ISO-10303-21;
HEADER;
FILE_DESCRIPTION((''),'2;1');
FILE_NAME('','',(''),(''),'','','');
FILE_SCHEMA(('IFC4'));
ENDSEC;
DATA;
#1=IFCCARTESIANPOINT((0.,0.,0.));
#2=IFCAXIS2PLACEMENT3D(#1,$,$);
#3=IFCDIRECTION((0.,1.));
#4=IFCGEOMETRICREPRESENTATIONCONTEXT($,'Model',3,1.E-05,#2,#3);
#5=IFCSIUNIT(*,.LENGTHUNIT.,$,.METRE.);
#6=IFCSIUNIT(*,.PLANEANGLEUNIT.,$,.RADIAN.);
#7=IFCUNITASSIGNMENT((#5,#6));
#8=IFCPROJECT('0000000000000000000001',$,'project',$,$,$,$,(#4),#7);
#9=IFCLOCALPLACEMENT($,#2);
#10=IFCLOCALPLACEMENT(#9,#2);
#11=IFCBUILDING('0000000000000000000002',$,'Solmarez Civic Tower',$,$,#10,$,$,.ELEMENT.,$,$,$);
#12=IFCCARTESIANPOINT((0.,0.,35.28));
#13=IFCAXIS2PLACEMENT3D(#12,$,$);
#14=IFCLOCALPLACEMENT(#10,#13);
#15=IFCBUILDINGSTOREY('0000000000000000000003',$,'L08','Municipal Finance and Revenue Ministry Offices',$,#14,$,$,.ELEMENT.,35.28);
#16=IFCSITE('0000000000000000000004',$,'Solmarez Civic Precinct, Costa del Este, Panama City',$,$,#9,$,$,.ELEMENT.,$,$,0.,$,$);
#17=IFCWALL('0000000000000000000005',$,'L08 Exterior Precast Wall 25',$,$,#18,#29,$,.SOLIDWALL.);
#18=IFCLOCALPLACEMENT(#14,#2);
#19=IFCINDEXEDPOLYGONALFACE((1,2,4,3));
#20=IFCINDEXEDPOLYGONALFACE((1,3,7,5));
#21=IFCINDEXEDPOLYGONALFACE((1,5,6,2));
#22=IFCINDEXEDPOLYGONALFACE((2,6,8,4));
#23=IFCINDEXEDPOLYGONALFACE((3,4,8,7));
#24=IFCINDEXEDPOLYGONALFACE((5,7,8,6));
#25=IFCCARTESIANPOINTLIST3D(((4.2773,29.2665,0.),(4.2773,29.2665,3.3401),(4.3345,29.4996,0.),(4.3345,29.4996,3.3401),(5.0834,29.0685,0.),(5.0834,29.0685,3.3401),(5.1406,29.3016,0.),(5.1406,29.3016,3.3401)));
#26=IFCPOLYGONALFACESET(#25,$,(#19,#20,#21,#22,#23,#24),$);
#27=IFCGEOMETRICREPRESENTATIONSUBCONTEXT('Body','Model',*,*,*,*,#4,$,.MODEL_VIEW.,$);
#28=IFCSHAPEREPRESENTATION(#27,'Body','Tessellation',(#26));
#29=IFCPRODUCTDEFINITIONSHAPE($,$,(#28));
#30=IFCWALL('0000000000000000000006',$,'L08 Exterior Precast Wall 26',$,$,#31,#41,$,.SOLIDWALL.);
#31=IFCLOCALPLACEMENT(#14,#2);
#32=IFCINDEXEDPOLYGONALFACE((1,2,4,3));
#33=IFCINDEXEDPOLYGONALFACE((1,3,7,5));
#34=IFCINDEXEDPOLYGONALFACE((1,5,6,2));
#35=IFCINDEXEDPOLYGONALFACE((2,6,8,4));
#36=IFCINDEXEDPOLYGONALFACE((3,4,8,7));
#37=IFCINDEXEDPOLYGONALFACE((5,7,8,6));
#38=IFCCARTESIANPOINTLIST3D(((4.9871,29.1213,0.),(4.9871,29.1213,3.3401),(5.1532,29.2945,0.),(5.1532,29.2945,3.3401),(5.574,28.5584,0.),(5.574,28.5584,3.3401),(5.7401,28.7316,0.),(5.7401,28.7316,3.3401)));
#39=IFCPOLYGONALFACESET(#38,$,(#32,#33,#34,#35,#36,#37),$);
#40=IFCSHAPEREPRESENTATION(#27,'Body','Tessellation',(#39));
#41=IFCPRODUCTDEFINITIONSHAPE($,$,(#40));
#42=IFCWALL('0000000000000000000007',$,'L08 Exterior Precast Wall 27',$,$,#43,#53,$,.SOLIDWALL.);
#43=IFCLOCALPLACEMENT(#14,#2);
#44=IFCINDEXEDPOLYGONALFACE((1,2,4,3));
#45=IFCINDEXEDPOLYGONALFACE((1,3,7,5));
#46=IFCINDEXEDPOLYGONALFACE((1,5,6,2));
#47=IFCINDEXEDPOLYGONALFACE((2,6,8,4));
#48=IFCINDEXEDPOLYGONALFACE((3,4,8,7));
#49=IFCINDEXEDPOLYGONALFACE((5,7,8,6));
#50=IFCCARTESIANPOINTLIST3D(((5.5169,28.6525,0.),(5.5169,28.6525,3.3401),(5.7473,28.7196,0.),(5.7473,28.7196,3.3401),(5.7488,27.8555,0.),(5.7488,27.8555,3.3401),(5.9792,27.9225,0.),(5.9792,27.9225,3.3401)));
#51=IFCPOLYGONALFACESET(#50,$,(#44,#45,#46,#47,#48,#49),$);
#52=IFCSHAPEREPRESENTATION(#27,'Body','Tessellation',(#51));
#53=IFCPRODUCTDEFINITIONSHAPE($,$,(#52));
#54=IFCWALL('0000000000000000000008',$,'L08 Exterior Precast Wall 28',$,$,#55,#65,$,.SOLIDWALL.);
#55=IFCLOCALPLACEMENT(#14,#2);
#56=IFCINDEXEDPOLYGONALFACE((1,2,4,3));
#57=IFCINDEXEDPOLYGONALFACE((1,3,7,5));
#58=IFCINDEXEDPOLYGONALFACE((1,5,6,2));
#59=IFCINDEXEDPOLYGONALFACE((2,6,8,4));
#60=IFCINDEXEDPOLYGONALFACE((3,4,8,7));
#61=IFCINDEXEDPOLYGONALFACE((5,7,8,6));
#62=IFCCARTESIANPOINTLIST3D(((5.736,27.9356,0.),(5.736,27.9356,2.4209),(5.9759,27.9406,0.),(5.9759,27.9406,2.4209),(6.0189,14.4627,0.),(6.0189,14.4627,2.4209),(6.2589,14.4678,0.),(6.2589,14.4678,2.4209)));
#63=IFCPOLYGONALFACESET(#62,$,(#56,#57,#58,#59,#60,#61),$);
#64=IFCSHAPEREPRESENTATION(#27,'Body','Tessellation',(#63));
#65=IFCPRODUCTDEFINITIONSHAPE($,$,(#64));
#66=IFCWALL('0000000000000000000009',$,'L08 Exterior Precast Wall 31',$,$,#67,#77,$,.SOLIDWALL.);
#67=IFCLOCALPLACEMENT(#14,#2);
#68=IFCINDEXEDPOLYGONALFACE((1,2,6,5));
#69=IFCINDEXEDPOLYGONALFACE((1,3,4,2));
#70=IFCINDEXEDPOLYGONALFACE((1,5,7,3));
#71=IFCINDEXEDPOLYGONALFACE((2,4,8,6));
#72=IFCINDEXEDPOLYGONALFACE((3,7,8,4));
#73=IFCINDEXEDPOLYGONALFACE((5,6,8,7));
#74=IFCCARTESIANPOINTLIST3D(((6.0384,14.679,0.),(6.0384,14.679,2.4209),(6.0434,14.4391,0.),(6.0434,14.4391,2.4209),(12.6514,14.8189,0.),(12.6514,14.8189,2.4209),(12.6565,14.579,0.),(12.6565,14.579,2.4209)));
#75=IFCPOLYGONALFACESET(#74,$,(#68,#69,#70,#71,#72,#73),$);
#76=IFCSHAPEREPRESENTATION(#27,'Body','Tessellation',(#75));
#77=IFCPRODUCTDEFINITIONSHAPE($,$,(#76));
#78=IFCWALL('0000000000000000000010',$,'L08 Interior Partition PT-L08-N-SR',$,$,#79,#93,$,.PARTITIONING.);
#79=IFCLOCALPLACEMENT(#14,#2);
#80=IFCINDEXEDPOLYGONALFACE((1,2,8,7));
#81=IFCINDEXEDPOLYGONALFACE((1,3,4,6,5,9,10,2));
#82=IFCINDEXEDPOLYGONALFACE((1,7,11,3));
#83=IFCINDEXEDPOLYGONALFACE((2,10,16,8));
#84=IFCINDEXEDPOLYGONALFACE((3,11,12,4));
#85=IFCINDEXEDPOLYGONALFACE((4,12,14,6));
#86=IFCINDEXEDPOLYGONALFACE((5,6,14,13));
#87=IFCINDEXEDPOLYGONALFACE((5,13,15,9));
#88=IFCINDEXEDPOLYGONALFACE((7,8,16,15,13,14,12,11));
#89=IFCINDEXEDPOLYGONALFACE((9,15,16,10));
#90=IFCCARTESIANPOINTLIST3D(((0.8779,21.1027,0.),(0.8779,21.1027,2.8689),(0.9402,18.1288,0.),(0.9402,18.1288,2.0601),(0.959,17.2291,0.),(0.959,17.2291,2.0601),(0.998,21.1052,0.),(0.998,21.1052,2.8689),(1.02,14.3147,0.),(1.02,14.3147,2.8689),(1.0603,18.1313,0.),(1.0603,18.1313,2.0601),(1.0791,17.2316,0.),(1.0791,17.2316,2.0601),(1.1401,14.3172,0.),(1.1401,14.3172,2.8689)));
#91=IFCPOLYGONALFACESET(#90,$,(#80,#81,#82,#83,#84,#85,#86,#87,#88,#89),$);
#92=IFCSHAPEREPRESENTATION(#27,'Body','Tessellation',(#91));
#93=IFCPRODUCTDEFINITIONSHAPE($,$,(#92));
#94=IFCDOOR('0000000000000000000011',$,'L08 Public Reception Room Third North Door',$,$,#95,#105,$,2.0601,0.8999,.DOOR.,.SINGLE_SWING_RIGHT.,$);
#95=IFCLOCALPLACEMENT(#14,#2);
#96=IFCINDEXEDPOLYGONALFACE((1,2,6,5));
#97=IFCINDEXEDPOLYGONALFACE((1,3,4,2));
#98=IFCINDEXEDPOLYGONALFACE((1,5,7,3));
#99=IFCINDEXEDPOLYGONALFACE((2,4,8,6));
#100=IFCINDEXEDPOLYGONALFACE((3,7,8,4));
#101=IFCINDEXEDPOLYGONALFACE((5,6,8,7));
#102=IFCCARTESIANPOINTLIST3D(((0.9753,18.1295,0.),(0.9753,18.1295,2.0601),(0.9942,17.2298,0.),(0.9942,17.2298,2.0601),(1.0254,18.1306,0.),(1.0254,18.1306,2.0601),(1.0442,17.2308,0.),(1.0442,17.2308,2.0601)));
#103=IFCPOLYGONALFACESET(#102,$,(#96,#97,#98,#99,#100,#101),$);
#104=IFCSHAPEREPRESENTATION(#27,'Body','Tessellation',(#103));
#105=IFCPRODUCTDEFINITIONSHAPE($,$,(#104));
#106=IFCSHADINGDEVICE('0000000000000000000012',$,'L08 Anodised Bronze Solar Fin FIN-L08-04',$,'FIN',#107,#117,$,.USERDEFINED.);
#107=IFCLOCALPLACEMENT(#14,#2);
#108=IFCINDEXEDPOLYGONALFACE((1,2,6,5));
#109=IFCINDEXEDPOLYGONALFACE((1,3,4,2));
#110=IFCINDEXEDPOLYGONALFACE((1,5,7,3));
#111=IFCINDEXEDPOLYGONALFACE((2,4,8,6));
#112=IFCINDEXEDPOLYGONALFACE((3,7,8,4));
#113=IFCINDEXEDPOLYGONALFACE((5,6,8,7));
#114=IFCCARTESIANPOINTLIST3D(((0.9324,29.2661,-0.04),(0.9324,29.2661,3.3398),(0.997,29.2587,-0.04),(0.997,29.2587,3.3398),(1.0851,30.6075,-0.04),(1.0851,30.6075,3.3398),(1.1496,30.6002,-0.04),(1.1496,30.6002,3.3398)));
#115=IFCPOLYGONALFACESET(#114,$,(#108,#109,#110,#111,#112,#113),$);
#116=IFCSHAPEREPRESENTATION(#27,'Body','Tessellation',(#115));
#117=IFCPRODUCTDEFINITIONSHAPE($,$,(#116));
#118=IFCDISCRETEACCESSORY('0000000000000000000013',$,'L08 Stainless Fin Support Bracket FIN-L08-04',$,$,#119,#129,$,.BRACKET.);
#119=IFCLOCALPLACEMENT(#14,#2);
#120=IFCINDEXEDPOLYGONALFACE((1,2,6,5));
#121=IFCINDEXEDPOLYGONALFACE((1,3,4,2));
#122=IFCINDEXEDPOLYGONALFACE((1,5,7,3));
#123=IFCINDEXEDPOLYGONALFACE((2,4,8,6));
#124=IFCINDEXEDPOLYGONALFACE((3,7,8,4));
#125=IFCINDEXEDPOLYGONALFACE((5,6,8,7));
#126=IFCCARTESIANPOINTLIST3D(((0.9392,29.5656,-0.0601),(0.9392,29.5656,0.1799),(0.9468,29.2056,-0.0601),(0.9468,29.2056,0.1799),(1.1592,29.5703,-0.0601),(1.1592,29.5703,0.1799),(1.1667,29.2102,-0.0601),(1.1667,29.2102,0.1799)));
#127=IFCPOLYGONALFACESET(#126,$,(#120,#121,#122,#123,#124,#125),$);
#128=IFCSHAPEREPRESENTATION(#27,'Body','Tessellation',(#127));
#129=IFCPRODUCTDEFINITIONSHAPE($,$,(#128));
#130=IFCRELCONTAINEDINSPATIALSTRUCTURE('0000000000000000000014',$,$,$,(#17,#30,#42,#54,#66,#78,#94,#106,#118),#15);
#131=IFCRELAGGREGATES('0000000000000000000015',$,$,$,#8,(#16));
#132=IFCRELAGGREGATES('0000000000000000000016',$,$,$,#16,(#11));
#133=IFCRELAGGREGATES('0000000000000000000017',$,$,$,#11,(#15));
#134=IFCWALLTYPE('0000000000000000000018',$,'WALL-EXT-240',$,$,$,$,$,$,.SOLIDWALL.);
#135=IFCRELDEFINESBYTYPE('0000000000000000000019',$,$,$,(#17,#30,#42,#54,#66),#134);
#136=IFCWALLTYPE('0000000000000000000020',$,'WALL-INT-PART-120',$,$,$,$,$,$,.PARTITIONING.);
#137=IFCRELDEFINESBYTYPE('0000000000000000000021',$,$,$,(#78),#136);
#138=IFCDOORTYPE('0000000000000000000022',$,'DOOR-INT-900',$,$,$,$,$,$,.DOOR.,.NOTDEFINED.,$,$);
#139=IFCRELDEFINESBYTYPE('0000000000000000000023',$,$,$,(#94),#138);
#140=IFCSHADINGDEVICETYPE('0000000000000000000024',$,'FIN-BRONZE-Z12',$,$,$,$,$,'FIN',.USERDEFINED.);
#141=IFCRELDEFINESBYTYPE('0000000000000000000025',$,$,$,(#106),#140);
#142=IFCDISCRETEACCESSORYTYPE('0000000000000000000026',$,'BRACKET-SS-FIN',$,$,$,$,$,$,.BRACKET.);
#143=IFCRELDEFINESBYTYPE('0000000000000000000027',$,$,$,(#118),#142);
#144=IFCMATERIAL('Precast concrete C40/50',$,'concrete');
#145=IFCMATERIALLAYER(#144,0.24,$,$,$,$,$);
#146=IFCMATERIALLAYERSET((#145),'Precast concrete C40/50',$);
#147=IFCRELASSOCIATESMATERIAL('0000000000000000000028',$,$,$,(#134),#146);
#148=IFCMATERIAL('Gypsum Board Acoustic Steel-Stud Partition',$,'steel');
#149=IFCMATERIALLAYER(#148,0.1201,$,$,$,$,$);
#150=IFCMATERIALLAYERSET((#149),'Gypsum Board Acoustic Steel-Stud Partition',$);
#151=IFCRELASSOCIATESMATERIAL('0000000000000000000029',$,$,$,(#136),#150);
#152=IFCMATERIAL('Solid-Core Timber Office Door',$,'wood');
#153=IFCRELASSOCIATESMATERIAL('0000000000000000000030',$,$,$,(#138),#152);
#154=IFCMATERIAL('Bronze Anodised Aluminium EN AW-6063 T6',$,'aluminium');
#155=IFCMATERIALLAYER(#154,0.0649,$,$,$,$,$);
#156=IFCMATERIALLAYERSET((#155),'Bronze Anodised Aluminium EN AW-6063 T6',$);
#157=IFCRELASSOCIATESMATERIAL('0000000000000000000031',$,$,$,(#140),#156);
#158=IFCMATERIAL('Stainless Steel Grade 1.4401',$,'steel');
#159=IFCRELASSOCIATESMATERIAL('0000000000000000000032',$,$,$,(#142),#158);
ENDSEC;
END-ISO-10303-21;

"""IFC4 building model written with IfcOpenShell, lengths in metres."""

from ifc_helpers import new_model, si_unit, direction, frame, frame_2d, origin, origin_2d, place, context, subcontext, project, spatial, rectangle, extrude, material, layer, layer_set, type_object, element, fill, save


model = new_model("IFC4")

# Units and contexts
model_context = context("Model", 3, precision=1e-05, world=origin(), true_north=direction((0.0, 1.0)))
body_context = subcontext(model_context, "Body", "Model", "MODEL_VIEW")
ifc_project = project(units=[si_unit("LENGTHUNIT", "METRE"), si_unit("PLANEANGLEUNIT", "RADIAN")], contexts=[model_context])

# Site, building, storey
site_placement = place(None, origin())
site = spatial("IfcSite", under=ifc_project, at=site_placement, Name="Solmarez Civic Precinct, Costa del Este, Panama City", CompositionType="ELEMENT", RefElevation=0.0)
building_placement = place(site_placement, origin())
building = spatial("IfcBuilding", under=site, at=building_placement, Name="Solmarez Civic Tower", CompositionType="ELEMENT")
storey_placement = place(building_placement, frame((0.0, 0.0, 35.28)))
storey = spatial("IfcBuildingStorey", under=building, at=storey_placement, Name="L08", Description="Municipal Finance and Revenue Ministry Offices", CompositionType="ELEMENT", Elevation=35.28)

# Walls
ifc_material_1 = material(Name="Precast concrete C40/50", Category="concrete")
ifc_layer_1 = layer(ifc_material_1, 0.24)
ifc_layer_set_1 = layer_set([ifc_layer_1], Name="Precast concrete C40/50")
wall_type_1 = type_object("IfcWallType", Name="WALL-EXT-240", PredefinedType="SOLIDWALL", material=ifc_layer_set_1)
wall_1_placement = place(storey_placement, frame((4.3059, 29.3831, 0.0), z_axis=(0.0, 0.0, 1.0), x_axis=(0.971138, -0.23852, 0.0)))
element("IfcWall", 1, at=wall_1_placement, inside=storey, type_object=wall_type_1, Name="L08 Exterior Precast Wall 25", PredefinedType="SOLIDWALL", context=body_context, shape_type="SweptSolid", body=[
    extrude(rectangle(XDim=0.8301, YDim=0.24, at=frame_2d((0.415, 0.0))), origin(), (0.0, 0.0, 1.0), 3.3401),
])
wall_2_placement = place(storey_placement, frame((5.0701, 29.208, 0.0), z_axis=(0.0, 0.0, 1.0), x_axis=(0.721663, -0.692244, 0.0)))
element("IfcWall", 2, at=wall_2_placement, inside=storey, type_object=wall_type_1, Name="L08 Exterior Precast Wall 26", PredefinedType="SOLIDWALL", context=body_context, shape_type="SweptSolid", body=[
    extrude(rectangle(XDim=0.8132, YDim=0.24, at=frame_2d((0.4067, 0.0))), origin(), (0.0, 0.0, 1.0), 3.3401),
])
wall_3_placement = place(storey_placement, frame((5.6321, 28.686, 0.0), z_axis=(0.0, 0.0, 1.0), x_axis=(0.279379, -0.960181, 0.0)))
element("IfcWall", 3, at=wall_3_placement, inside=storey, type_object=wall_type_1, Name="L08 Exterior Precast Wall 27", PredefinedType="SOLIDWALL", context=body_context, shape_type="SweptSolid", body=[
    extrude(rectangle(XDim=0.8301, YDim=0.24, at=frame_2d((0.415, 0.0))), origin(), (0.0, 0.0, 1.0), 3.3401),
])
wall_4_placement = place(storey_placement, frame((5.856, 27.938, 0.0), z_axis=(0.0, 0.0, 1.0), x_axis=(0.020997, -0.99978, 0.0)))
element("IfcWall", 4, at=wall_4_placement, inside=storey, type_object=wall_type_1, Name="L08 Exterior Precast Wall 28", PredefinedType="SOLIDWALL", context=body_context, shape_type="SweptSolid", body=[
    extrude(rectangle(XDim=13.4758, YDim=0.24, at=frame_2d((6.7378, 0.0))), origin(), (0.0, 0.0, 1.0), 2.4209),
])
wall_5_placement = place(storey_placement, frame((6.041, 14.5591, 0.0), z_axis=(0.0, 0.0, 1.0), x_axis=(0.999776, 0.021149, 0.0)))
element("IfcWall", 5, at=wall_5_placement, inside=storey, type_object=wall_type_1, Name="L08 Exterior Precast Wall 31", PredefinedType="SOLIDWALL", context=body_context, shape_type="SweptSolid", body=[
    extrude(rectangle(XDim=6.6145, YDim=0.24, at=frame_2d((3.3071, 0.0))), origin(), (0.0, 0.0, 1.0), 2.4209),
])

# Wall, opening, door
ifc_material_2 = material(Name="Gypsum Board Acoustic Steel-Stud Partition", Category="steel")
ifc_layer_2 = layer(ifc_material_2, 0.1201)
ifc_layer_set_2 = layer_set([ifc_layer_2], Name="Gypsum Board Acoustic Steel-Stud Partition")
wall_type_2 = type_object("IfcWallType", Name="WALL-INT-PART-120", PredefinedType="PARTITIONING", material=ifc_layer_set_2)
wall_6_placement = place(storey_placement, frame((1.0801, 14.3159, 0.0), z_axis=(0.0, 0.0, 1.0), x_axis=(-0.020928, 0.999781, 0.0)))
wall_6 = element("IfcWall", 6, at=wall_6_placement, inside=storey, type_object=wall_type_2, Name="L08 Interior Partition PT-L08-N-SR", PredefinedType="PARTITIONING", context=body_context, shape_type="SweptSolid", body=[
    extrude(rectangle(XDim=6.7896, YDim=0.1201, at=frame_2d((3.3948, 0.0))), origin(), (0.0, 0.0, 1.0), 2.8689),
])
opening_placement = place(wall_6_placement, frame((2.915, 0.0, 0.0)))
opening = element("IfcOpeningElement", 7, at=opening_placement, cuts=wall_6, PredefinedType="OPENING", context=body_context, shape_type="SweptSolid", body=[
    extrude(rectangle(XDim=0.8999, YDim=2.0601, at=frame_2d((0.45, 1.03))), frame((0.0, 0.0701, 0.0), z_axis=(0.0, -1.0, 0.0), x_axis=(1.0, 0.0, 0.0)), (0.0, 0.0, 1.0), 0.1401),
])
ifc_material_3 = material(Name="Solid-Core Timber Office Door", Category="wood")
door_type = type_object("IfcDoorType", Name="DOOR-INT-900", OperationType="NOTDEFINED", PredefinedType="DOOR", material=ifc_material_3)
door_placement = place(opening_placement, origin())
door = element("IfcDoor", 8, at=door_placement, inside=storey, type_object=door_type, Name="L08 Public Reception Room Third North Door", OperationType="SINGLE_SWING_RIGHT", OverallHeight=2.0601, OverallWidth=0.8999, PredefinedType="DOOR", context=body_context, shape_type="SweptSolid", body=[
    extrude(rectangle(XDim=0.8999, YDim=2.0601, at=frame_2d((0.45, 1.03))), frame((0.0, 0.0249, 0.0), z_axis=(0.0, -1.0, 0.0), x_axis=(1.0, 0.0, 0.0)), (0.0, 0.0, 1.0), 0.05),
])
fill(opening, door)

# Shading device
ifc_material_4 = material(Name="Bronze Anodised Aluminium EN AW-6063 T6", Category="aluminium")
ifc_layer_3 = layer(ifc_material_4, 0.0649)
ifc_layer_set_3 = layer_set([ifc_layer_3], Name="Bronze Anodised Aluminium EN AW-6063 T6")
shading_device_type = type_object("IfcShadingDeviceType", Name="FIN-BRONZE-Z12", ElementType="FIN", PredefinedType="USERDEFINED", material=ifc_layer_set_3)
shading_device_placement = place(storey_placement, frame((1.041, 29.9331, -0.04), z_axis=(0.0, 0.0, 1.0), x_axis=(0.113047, 0.99359, 0.0)))
element("IfcShadingDevice", 9, at=shading_device_placement, inside=storey, type_object=shading_device_type, Name="L08 Anodised Bronze Solar Fin FIN-L08-04", ObjectType="FIN", PredefinedType="USERDEFINED", context=body_context, shape_type="SweptSolid", body=[
    extrude(rectangle(XDim=1.3501, YDim=0.0649, at=origin_2d()), origin(), (0.0, 0.0, 1.0), 3.3799),
])

# Discrete accessory
ifc_material_5 = material(Name="Stainless Steel Grade 1.4401", Category="steel")
discrete_accessory_type = type_object("IfcDiscreteAccessoryType", Name="BRACKET-SS-FIN", PredefinedType="BRACKET", material=ifc_material_5)
discrete_accessory_placement = place(storey_placement, frame((1.053, 29.3879, -0.0601), z_axis=(0.0, 0.0, 1.0), x_axis=(-0.02097, 0.99978, 0.0)))
element("IfcDiscreteAccessory", 10, at=discrete_accessory_placement, inside=storey, type_object=discrete_accessory_type, Name="L08 Stainless Fin Support Bracket FIN-L08-04", PredefinedType="BRACKET", context=body_context, shape_type="SweptSolid", body=[
    extrude(rectangle(XDim=0.3601, YDim=0.22, at=origin_2d()), origin(), (0.0, 0.0, 1.0), 0.24),
])

save(model, "model.ifc")
